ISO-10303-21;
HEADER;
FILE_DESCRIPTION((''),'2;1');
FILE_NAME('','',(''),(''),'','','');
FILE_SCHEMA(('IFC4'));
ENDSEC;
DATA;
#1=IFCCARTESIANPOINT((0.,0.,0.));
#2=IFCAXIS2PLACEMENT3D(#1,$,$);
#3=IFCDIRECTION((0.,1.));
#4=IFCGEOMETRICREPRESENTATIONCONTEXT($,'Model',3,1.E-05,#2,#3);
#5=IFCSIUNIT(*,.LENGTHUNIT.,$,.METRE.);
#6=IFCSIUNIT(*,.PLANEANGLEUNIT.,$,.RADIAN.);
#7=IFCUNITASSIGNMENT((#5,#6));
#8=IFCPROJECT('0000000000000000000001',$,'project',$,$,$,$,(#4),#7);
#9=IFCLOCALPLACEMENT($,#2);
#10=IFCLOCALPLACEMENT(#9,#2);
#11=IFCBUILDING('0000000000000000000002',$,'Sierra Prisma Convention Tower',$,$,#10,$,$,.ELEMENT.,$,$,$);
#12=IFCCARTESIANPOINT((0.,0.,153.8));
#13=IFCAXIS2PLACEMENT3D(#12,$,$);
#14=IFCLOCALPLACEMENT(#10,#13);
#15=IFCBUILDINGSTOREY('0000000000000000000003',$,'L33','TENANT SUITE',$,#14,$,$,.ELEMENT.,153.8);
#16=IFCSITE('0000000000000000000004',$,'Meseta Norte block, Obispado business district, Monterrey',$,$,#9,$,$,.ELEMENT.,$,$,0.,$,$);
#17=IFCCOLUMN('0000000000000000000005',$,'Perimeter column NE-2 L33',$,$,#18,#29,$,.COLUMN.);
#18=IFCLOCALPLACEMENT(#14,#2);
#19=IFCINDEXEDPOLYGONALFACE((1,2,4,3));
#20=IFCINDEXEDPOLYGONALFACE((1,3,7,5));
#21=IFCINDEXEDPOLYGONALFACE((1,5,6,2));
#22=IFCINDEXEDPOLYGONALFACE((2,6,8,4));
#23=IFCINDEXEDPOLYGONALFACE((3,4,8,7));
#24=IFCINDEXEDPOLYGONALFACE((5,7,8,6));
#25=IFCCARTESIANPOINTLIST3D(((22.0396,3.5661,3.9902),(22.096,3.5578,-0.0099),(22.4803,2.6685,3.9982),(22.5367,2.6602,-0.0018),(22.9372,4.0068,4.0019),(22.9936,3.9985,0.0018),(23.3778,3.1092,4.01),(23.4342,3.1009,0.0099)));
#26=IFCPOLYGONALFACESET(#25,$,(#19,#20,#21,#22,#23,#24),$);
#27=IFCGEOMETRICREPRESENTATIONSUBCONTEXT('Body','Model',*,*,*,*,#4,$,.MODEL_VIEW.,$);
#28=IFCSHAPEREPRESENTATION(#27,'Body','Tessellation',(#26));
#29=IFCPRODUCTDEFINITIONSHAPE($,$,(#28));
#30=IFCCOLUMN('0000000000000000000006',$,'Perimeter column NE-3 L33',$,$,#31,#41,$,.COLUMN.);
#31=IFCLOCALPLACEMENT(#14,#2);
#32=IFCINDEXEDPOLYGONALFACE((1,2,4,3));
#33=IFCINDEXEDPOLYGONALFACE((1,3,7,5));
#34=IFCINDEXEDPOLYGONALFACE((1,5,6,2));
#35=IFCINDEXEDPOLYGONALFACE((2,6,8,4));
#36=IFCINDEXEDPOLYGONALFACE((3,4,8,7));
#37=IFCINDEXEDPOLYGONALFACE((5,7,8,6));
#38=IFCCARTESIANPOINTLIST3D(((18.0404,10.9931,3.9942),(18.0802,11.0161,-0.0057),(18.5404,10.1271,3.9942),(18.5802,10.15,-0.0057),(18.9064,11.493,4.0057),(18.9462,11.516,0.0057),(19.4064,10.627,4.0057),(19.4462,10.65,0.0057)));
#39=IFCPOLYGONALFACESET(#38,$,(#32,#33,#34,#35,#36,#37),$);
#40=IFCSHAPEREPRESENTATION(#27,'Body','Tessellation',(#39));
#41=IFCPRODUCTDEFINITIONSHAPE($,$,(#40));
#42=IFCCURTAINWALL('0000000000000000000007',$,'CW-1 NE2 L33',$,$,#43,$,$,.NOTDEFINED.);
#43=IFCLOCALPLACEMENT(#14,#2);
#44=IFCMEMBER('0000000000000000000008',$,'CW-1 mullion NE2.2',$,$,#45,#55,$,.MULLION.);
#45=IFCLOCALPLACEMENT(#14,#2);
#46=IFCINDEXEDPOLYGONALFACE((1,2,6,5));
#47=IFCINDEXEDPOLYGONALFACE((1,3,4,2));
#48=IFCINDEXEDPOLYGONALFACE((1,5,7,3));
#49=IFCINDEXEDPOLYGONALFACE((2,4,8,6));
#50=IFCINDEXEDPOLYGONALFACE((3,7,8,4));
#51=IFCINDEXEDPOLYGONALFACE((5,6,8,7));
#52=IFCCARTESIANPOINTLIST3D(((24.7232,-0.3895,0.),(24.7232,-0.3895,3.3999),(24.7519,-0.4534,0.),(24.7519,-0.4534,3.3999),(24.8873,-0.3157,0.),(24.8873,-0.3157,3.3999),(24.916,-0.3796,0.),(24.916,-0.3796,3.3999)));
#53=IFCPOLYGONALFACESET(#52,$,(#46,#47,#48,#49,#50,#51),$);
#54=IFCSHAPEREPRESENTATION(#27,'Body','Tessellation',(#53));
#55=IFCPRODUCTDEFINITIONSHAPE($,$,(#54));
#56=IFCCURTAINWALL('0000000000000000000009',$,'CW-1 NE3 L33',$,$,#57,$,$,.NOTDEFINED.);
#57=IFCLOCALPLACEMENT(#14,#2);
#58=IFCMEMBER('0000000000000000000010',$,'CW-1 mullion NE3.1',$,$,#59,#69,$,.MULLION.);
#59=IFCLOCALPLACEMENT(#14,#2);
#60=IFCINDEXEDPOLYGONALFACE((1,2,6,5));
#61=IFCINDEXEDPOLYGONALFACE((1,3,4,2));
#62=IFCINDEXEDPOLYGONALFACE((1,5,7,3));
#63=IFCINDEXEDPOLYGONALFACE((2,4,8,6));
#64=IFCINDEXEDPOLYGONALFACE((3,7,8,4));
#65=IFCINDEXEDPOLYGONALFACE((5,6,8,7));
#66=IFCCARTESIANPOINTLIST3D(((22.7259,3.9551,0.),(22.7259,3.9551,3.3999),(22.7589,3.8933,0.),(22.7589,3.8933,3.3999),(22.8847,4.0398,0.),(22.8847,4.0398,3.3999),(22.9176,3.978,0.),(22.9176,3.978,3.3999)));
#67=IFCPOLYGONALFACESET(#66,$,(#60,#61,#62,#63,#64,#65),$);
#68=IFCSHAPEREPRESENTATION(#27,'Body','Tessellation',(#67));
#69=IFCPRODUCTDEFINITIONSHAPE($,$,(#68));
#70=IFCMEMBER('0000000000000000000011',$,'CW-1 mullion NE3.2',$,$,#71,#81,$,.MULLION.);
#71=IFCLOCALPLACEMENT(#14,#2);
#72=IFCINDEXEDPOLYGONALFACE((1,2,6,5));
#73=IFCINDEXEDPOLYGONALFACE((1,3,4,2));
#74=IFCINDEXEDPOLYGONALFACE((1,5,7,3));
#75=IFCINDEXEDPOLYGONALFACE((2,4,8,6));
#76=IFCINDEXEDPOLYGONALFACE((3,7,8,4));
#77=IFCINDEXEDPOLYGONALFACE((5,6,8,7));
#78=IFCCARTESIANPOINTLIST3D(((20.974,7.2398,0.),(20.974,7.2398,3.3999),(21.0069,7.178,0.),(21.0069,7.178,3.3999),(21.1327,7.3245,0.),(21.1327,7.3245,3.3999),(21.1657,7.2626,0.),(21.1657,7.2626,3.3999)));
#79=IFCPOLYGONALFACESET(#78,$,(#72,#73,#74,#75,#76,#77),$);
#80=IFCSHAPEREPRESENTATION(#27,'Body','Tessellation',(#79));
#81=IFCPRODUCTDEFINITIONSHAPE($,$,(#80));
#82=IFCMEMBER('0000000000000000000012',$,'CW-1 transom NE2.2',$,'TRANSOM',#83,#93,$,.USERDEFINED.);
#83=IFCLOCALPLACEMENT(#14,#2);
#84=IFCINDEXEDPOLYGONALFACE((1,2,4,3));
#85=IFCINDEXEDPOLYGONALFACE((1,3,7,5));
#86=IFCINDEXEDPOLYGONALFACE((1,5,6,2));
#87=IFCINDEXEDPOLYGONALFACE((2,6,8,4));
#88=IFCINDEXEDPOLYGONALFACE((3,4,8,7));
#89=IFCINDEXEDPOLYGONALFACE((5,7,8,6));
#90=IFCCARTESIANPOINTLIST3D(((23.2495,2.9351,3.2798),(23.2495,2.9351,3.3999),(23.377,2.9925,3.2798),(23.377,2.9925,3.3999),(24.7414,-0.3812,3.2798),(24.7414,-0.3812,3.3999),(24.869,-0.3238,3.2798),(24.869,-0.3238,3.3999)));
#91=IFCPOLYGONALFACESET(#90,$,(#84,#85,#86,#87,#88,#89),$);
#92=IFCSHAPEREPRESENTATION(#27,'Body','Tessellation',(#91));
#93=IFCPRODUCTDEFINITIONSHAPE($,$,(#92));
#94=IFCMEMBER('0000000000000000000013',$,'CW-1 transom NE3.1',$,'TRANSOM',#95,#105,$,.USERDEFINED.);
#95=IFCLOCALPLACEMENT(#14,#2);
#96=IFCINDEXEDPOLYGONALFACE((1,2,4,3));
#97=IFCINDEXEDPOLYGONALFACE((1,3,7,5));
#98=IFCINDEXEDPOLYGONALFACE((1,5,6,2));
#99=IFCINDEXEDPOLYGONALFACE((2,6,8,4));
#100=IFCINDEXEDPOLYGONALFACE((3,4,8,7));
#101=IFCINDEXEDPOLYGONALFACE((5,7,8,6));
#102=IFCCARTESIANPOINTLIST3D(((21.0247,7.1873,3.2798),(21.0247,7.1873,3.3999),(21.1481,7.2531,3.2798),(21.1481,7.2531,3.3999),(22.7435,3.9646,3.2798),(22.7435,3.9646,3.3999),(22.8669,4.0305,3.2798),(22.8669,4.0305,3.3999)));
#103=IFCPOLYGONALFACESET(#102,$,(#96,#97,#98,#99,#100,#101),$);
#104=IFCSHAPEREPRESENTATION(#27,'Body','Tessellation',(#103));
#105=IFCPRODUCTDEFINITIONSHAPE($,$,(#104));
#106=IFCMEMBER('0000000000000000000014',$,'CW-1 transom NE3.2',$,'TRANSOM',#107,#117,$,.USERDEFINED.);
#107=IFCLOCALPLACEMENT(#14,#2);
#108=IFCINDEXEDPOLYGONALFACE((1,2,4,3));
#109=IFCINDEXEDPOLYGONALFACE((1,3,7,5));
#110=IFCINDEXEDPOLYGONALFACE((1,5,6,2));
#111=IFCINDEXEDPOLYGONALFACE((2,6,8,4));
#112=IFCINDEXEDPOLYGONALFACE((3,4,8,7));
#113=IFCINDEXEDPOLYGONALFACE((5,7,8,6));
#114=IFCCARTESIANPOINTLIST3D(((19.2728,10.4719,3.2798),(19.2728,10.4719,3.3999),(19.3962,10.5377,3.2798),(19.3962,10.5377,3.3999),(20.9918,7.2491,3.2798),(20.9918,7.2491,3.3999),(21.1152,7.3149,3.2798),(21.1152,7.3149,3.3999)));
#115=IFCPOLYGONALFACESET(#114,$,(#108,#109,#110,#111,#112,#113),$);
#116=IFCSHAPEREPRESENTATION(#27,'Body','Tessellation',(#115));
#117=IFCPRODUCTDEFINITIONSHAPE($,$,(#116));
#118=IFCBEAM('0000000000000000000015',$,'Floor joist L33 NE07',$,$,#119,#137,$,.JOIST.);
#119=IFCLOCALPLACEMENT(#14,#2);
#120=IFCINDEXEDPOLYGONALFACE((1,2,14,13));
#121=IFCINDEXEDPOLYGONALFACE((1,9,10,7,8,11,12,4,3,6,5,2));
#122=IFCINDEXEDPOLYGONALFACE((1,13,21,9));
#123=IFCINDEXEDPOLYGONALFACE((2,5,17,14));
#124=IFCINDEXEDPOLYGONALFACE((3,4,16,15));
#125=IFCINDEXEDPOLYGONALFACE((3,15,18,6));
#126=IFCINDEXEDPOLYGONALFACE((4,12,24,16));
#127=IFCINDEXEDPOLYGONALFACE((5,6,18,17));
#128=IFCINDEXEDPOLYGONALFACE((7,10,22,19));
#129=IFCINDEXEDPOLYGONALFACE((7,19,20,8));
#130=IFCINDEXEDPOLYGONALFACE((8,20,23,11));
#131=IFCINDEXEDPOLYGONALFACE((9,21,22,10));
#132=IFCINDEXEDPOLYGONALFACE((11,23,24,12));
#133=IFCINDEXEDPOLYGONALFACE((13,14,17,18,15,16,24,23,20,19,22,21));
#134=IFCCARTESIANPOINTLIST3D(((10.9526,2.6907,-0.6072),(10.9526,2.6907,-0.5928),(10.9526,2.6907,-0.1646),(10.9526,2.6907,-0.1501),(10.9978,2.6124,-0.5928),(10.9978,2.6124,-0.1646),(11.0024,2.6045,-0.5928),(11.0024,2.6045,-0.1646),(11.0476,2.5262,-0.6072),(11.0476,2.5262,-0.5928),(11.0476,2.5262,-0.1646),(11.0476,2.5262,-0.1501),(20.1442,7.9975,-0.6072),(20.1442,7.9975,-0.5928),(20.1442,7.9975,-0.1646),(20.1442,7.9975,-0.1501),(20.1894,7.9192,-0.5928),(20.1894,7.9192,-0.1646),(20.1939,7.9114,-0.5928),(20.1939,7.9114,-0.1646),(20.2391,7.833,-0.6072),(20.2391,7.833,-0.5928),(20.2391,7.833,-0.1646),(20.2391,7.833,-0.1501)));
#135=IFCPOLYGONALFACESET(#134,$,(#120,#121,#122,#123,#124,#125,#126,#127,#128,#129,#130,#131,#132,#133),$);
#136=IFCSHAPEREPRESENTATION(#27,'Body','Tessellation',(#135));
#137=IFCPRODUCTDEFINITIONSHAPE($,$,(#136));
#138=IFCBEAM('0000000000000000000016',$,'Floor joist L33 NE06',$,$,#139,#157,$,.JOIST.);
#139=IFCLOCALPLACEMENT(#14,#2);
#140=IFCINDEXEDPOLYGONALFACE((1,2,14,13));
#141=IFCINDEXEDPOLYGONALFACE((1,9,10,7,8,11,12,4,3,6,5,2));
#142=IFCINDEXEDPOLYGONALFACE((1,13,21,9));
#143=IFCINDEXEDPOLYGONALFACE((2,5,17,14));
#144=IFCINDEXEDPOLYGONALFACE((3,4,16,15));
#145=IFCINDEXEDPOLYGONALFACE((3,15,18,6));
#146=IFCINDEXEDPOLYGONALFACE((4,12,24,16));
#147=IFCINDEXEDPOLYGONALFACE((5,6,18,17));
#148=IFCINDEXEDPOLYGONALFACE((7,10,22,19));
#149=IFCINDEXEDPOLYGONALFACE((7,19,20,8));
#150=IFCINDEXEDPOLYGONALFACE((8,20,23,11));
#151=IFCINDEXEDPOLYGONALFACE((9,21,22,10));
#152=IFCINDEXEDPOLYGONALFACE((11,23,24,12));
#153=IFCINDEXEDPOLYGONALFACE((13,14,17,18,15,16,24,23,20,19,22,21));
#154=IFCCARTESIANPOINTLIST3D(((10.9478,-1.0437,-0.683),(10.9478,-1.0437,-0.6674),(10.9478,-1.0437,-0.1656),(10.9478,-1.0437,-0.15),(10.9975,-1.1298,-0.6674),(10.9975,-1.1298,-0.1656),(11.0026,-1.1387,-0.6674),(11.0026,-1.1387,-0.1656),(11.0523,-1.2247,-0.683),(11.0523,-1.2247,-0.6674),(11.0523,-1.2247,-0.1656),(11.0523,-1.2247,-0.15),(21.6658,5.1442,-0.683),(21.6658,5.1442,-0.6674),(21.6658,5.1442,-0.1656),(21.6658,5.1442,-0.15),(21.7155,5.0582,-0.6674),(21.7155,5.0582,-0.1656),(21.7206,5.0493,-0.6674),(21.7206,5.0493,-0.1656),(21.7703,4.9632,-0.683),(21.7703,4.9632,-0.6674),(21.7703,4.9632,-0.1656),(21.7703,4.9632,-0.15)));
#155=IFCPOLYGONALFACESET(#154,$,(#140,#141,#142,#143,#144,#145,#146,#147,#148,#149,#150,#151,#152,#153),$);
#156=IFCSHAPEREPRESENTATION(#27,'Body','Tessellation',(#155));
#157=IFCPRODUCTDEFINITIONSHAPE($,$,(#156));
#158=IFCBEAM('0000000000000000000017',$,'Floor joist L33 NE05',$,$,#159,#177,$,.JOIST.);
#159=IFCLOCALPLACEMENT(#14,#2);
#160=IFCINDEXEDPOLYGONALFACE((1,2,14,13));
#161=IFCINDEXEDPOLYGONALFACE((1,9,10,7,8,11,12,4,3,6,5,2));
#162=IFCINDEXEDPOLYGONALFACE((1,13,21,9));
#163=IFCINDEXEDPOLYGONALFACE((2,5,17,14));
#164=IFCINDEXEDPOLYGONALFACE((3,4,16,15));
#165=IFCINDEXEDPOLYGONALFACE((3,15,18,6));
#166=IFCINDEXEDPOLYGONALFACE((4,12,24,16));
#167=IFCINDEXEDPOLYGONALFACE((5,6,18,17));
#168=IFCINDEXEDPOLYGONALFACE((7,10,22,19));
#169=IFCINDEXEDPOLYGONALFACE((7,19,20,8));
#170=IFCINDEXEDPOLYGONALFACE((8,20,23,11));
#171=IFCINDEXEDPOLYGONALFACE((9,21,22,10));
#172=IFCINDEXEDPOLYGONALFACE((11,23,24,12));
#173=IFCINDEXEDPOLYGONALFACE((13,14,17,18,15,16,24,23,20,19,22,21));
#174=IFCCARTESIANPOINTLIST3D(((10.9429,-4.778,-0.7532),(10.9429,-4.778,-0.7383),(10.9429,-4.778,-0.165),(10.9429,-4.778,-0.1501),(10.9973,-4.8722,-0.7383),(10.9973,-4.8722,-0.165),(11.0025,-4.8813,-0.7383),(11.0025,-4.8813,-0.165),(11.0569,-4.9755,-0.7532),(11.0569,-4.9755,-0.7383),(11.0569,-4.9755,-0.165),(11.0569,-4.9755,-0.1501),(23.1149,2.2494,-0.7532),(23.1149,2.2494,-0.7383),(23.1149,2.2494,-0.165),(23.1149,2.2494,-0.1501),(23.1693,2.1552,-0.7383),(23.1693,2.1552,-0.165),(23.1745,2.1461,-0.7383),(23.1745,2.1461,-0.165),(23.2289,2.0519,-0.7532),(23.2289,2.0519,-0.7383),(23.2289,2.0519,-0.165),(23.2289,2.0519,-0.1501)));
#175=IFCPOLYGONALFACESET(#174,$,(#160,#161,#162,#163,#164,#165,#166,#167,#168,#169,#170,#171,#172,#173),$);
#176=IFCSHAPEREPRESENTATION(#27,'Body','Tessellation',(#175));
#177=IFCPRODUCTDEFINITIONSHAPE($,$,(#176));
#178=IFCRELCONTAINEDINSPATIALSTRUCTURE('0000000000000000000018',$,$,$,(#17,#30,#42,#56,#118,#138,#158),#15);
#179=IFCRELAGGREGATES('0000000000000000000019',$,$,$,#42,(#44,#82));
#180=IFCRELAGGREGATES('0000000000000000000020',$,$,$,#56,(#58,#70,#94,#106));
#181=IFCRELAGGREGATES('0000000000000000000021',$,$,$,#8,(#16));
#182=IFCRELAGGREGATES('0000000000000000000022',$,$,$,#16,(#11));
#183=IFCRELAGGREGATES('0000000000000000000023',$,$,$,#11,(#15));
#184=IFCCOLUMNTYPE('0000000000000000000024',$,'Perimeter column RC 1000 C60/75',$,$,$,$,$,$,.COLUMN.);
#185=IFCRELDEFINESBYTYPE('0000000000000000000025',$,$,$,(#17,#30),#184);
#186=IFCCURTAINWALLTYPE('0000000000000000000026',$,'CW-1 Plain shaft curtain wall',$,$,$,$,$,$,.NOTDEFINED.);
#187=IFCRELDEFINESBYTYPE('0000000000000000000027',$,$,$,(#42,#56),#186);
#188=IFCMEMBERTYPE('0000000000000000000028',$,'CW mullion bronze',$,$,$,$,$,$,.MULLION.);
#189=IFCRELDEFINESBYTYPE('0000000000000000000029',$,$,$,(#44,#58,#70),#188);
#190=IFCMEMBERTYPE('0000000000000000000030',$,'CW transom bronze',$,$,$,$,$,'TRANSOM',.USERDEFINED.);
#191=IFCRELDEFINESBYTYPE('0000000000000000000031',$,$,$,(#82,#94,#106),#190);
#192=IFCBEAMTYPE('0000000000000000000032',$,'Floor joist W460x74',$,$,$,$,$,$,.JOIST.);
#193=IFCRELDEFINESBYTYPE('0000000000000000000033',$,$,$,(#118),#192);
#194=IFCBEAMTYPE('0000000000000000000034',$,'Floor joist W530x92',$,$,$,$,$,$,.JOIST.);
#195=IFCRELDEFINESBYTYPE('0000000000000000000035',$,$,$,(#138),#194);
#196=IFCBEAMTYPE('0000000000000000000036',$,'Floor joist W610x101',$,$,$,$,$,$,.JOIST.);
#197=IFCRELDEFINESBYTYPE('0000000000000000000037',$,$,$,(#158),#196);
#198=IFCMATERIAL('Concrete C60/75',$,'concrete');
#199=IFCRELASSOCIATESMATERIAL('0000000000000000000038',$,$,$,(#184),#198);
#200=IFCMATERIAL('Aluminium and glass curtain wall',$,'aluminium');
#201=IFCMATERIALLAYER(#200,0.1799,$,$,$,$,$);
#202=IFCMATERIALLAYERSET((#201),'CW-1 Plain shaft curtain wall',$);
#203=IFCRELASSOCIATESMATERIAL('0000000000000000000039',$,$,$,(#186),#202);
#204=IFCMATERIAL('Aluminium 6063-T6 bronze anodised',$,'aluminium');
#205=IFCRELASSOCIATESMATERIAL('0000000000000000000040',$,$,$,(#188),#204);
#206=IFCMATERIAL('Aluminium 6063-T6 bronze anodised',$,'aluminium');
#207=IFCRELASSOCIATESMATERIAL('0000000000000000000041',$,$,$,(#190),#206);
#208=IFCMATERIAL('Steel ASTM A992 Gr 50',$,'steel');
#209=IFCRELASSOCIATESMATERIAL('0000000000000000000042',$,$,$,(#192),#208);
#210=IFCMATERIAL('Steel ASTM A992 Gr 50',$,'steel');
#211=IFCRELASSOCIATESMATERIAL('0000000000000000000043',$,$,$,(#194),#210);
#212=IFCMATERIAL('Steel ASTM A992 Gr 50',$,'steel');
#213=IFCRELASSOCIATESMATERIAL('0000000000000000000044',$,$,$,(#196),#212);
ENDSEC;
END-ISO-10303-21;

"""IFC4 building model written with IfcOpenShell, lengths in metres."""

from ifc_helpers import new_model, si_unit, direction, frame, origin, origin_2d, place, context, subcontext, project, spatial, rectangle, i_section, extrude, material, layer, layer_set, material_profile, profile_set, type_object, element, aggregate, save


model = new_model("IFC4")

# Units and contexts
model_context = context("Model", 3, precision=1e-05, world=origin(), true_north=direction((0.0, 1.0)))
body_context = subcontext(model_context, "Body", "Model", "MODEL_VIEW")
ifc_project = project(units=[si_unit("LENGTHUNIT", "METRE"), si_unit("PLANEANGLEUNIT", "RADIAN")], contexts=[model_context])

# Site, building, storey
site_placement = place(None, origin())
site = spatial("IfcSite", under=ifc_project, at=site_placement, Name="Meseta Norte block, Obispado business district, Monterrey", CompositionType="ELEMENT", RefElevation=0.0)
building_placement = place(site_placement, origin())
building = spatial("IfcBuilding", under=site, at=building_placement, Name="Sierra Prisma Convention Tower", CompositionType="ELEMENT")
storey_placement = place(building_placement, frame((0.0, 0.0, 153.8)))
storey = spatial("IfcBuildingStorey", under=building, at=storey_placement, Name="L33", Description="TENANT SUITE", CompositionType="ELEMENT", Elevation=153.8)

# Columns
ifc_material_1 = material(Name="Concrete C60/75", Category="concrete")
ifc_material_profile_1 = material_profile(ifc_material_1, rectangle(XDim=1.0, YDim=1.0, at=origin_2d()), Name="Perimeter column RC 1000 C60/75")
ifc_profile_set_1 = profile_set([ifc_material_profile_1], Name="Concrete C60/75")
column_type = type_object("IfcColumnType", Name="Perimeter column RC 1000 C60/75", PredefinedType="COLUMN", material=ifc_profile_set_1)
column_1_placement = place(storey_placement, frame((22.7651, 3.3293, 0.0), z_axis=(-0.014098, 0.002075, 0.999898), x_axis=(-0.440646, 0.897645, -0.008076)))
element("IfcColumn", 1, at=column_1_placement, inside=storey, type_object=column_type, Name="Perimeter column NE-2 L33", PredefinedType="COLUMN", context=body_context, shape_type="SweptSolid", body=[
    extrude(rectangle(XDim=1.0, YDim=1.0, at=origin_2d()), origin(), (0.0, 0.0, 1.0), 4.0005),
])
column_2_placement = place(storey_placement, frame((18.7632, 10.833, 0.0), z_axis=(-0.009948, -0.005737, 0.999934), x_axis=(-0.499975, 0.86604, -0.000005)))
element("IfcColumn", 2, at=column_2_placement, inside=storey, type_object=column_type, Name="Perimeter column NE-3 L33", PredefinedType="COLUMN", context=body_context, shape_type="SweptSolid", body=[
    extrude(rectangle(XDim=1.0, YDim=1.0, at=origin_2d()), origin(), (0.0, 0.0, 1.0), 4.0002),
])

# Curtain wall, member
ifc_material_2 = material(Name="Aluminium and glass curtain wall", Category="aluminium")
ifc_layer_1 = layer(ifc_material_2, 0.1799)
ifc_layer_set_1 = layer_set([ifc_layer_1], Name="CW-1 Plain shaft curtain wall")
curtain_wall_type = type_object("IfcCurtainWallType", Name="CW-1 Plain shaft curtain wall", PredefinedType="NOTDEFINED", material=ifc_layer_set_1)
curtain_wall_1_placement = place(storey_placement, origin())
curtain_wall_1 = element("IfcCurtainWall", 3, at=curtain_wall_1_placement, inside=storey, type_object=curtain_wall_type, Name="CW-1 NE2 L33", PredefinedType="NOTDEFINED")
ifc_material_3 = material(Name="Aluminium 6063-T6 bronze anodised", Category="aluminium")
ifc_material_profile_2 = material_profile(ifc_material_3, rectangle(XDim=0.1799, YDim=0.0701, at=origin_2d()), Name="ALU MULLION 70x180")
ifc_profile_set_2 = profile_set([ifc_material_profile_2], Name="Aluminium 6063-T6 bronze anodised")
member_type_1 = type_object("IfcMemberType", Name="CW mullion bronze", PredefinedType="MULLION", material=ifc_profile_set_2)
member_1_placement = place(storey_placement, frame((24.8196, -0.3845, 0.0), z_axis=(0.0, 0.0, 1.0), x_axis=(-0.911964, -0.410271, 0.0)))
member_1 = element("IfcMember", 4, at=member_1_placement, type_object=member_type_1, Name="CW-1 mullion NE2.2", PredefinedType="MULLION", context=body_context, shape_type="SweptSolid", body=[
    extrude(rectangle(XDim=0.1799, YDim=0.0701, at=origin_2d()), origin(), (0.0, 0.0, 1.0), 3.3999),
])

# Curtain wall, members
curtain_wall_2_placement = place(storey_placement, origin())
curtain_wall_2 = element("IfcCurtainWall", 5, at=curtain_wall_2_placement, inside=storey, type_object=curtain_wall_type, Name="CW-1 NE3 L33", PredefinedType="NOTDEFINED")
member_2_placement = place(storey_placement, frame((22.8218, 3.9666, 0.0), z_axis=(0.0, 0.0, 1.0), x_axis=(-0.882341, -0.470611, 0.0)))
member_2 = element("IfcMember", 6, at=member_2_placement, type_object=member_type_1, Name="CW-1 mullion NE3.1", PredefinedType="MULLION", context=body_context, shape_type="SweptSolid", body=[
    extrude(rectangle(XDim=0.1799, YDim=0.0701, at=origin_2d()), origin(), (0.0, 0.0, 1.0), 3.3999),
])
member_3_placement = place(storey_placement, frame((21.0698, 7.2512, 0.0), z_axis=(0.0, 0.0, 1.0), x_axis=(-0.882341, -0.470611, 0.0)))
member_3 = element("IfcMember", 7, at=member_3_placement, type_object=member_type_1, Name="CW-1 mullion NE3.2", PredefinedType="MULLION", context=body_context, shape_type="SweptSolid", body=[
    extrude(rectangle(XDim=0.1799, YDim=0.0701, at=origin_2d()), origin(), (0.0, 0.0, 1.0), 3.3999),
])

# Members
ifc_material_4 = material(Name="Aluminium 6063-T6 bronze anodised", Category="aluminium")
ifc_material_profile_3 = material_profile(ifc_material_4, rectangle(XDim=0.1399, YDim=0.1201, at=origin_2d()), Name="ALU TRANSOM 120x140")
ifc_profile_set_3 = profile_set([ifc_material_profile_3], Name="Aluminium 6063-T6 bronze anodised")
member_type_2 = type_object("IfcMemberType", Name="CW transom bronze", ElementType="TRANSOM", PredefinedType="USERDEFINED", material=ifc_profile_set_3)
member_4_placement = place(storey_placement, frame((24.8052, -0.3525, 3.3398), z_axis=(-0.410264, 0.911967, 0.0), x_axis=(-0.911967, -0.410264, 0.0)))
member_4 = element("IfcMember", 8, at=member_4_placement, type_object=member_type_2, Name="CW-1 transom NE2.2", ObjectType="TRANSOM", PredefinedType="USERDEFINED", context=body_context, shape_type="SweptSolid", body=[
    extrude(rectangle(XDim=0.1399, YDim=0.1201, at=origin_2d()), origin(), (0.0, 0.0, 1.0), 3.6365),
])
member_5_placement = place(storey_placement, frame((22.8052, 3.9976, 3.3398), z_axis=(-0.470588, 0.882353, 0.0), x_axis=(-0.882353, -0.470588, 0.0)))
member_5 = element("IfcMember", 9, at=member_5_placement, type_object=member_type_2, Name="CW-1 transom NE3.1", ObjectType="TRANSOM", PredefinedType="USERDEFINED", context=body_context, shape_type="SweptSolid", body=[
    extrude(rectangle(XDim=0.1399, YDim=0.1201, at=origin_2d()), origin(), (0.0, 0.0, 1.0), 3.6523),
])
member_6_placement = place(storey_placement, frame((21.0535, 7.282, 3.3398), z_axis=(-0.470613, 0.88234, 0.0), x_axis=(-0.88234, -0.470613, 0.0)))
member_6 = element("IfcMember", 10, at=member_6_placement, type_object=member_type_2, Name="CW-1 transom NE3.2", ObjectType="TRANSOM", PredefinedType="USERDEFINED", context=body_context, shape_type="SweptSolid", body=[
    extrude(rectangle(XDim=0.1399, YDim=0.1201, at=origin_2d()), origin(), (0.0, 0.0, 1.0), 3.6526),
])

# Beams
ifc_material_5 = material(Name="Steel ASTM A992 Gr 50", Category="steel")
ifc_material_profile_4 = material_profile(ifc_material_5, i_section(OverallWidth=0.1899, OverallDepth=0.457, WebThickness=0.009, FlangeThickness=0.0144, at=origin_2d()), Name="W460x74")
ifc_profile_set_4 = profile_set([ifc_material_profile_4], Name="Steel ASTM A992 Gr 50")
beam_type_1 = type_object("IfcBeamType", Name="Floor joist W460x74", PredefinedType="JOIST", material=ifc_profile_set_4)
beam_1_placement = place(storey_placement, frame((20.1917, 7.9153, -0.3787), z_axis=(-0.866022, -0.500006, 0.0), x_axis=(0.500006, -0.866022, 0.0)))
element("IfcBeam", 11, at=beam_1_placement, inside=storey, type_object=beam_type_1, Name="Floor joist L33 NE07", PredefinedType="JOIST", context=body_context, shape_type="SweptSolid", body=[
    extrude(i_section(OverallWidth=0.1899, OverallDepth=0.457, WebThickness=0.009, FlangeThickness=0.0144, at=origin_2d()), origin(), (0.0, 0.0, 1.0), 10.6135),
])
ifc_material_6 = material(Name="Steel ASTM A992 Gr 50", Category="steel")
ifc_material_profile_5 = material_profile(ifc_material_6, i_section(OverallWidth=0.209, OverallDepth=0.533, WebThickness=0.0103, FlangeThickness=0.0156, at=origin_2d()), Name="W530x92")
ifc_profile_set_5 = profile_set([ifc_material_profile_5], Name="Steel ASTM A992 Gr 50")
beam_type_2 = type_object("IfcBeamType", Name="Floor joist W530x92", PredefinedType="JOIST", material=ifc_profile_set_5)
beam_2_placement = place(storey_placement, frame((21.718, 5.0537, -0.4165), z_axis=(-0.866028, -0.499996, 0.0), x_axis=(0.499996, -0.866028, 0.0)))
element("IfcBeam", 12, at=beam_2_placement, inside=storey, type_object=beam_type_2, Name="Floor joist L33 NE06", PredefinedType="JOIST", context=body_context, shape_type="SweptSolid", body=[
    extrude(i_section(OverallWidth=0.209, OverallDepth=0.533, WebThickness=0.0103, FlangeThickness=0.0156, at=origin_2d()), origin(), (0.0, 0.0, 1.0), 12.376),
])
ifc_material_7 = material(Name="Steel ASTM A992 Gr 50", Category="steel")
ifc_material_profile_6 = material_profile(ifc_material_7, i_section(OverallWidth=0.228, OverallDepth=0.603, WebThickness=0.0105, FlangeThickness=0.0149, at=origin_2d()), Name="W610x101")
ifc_profile_set_6 = profile_set([ifc_material_profile_6], Name="Steel ASTM A992 Gr 50")
beam_type_3 = type_object("IfcBeamType", Name="Floor joist W610x101", PredefinedType="JOIST", material=ifc_profile_set_6)
beam_3_placement = place(storey_placement, frame((23.1719, 2.1506, -0.4517), z_axis=(-0.866028, -0.499995, 0.0), x_axis=(0.499995, -0.866028, 0.0)))
element("IfcBeam", 13, at=beam_3_placement, inside=storey, type_object=beam_type_3, Name="Floor joist L33 NE05", PredefinedType="JOIST", context=body_context, shape_type="SweptSolid", body=[
    extrude(i_section(OverallWidth=0.228, OverallDepth=0.603, WebThickness=0.0105, FlangeThickness=0.0149, at=origin_2d()), origin(), (0.0, 0.0, 1.0), 14.0549),
])

aggregate(curtain_wall_1, [member_1, member_4])
aggregate(curtain_wall_2, [member_2, member_3, member_5, member_6])

save(model, "model.ifc")
